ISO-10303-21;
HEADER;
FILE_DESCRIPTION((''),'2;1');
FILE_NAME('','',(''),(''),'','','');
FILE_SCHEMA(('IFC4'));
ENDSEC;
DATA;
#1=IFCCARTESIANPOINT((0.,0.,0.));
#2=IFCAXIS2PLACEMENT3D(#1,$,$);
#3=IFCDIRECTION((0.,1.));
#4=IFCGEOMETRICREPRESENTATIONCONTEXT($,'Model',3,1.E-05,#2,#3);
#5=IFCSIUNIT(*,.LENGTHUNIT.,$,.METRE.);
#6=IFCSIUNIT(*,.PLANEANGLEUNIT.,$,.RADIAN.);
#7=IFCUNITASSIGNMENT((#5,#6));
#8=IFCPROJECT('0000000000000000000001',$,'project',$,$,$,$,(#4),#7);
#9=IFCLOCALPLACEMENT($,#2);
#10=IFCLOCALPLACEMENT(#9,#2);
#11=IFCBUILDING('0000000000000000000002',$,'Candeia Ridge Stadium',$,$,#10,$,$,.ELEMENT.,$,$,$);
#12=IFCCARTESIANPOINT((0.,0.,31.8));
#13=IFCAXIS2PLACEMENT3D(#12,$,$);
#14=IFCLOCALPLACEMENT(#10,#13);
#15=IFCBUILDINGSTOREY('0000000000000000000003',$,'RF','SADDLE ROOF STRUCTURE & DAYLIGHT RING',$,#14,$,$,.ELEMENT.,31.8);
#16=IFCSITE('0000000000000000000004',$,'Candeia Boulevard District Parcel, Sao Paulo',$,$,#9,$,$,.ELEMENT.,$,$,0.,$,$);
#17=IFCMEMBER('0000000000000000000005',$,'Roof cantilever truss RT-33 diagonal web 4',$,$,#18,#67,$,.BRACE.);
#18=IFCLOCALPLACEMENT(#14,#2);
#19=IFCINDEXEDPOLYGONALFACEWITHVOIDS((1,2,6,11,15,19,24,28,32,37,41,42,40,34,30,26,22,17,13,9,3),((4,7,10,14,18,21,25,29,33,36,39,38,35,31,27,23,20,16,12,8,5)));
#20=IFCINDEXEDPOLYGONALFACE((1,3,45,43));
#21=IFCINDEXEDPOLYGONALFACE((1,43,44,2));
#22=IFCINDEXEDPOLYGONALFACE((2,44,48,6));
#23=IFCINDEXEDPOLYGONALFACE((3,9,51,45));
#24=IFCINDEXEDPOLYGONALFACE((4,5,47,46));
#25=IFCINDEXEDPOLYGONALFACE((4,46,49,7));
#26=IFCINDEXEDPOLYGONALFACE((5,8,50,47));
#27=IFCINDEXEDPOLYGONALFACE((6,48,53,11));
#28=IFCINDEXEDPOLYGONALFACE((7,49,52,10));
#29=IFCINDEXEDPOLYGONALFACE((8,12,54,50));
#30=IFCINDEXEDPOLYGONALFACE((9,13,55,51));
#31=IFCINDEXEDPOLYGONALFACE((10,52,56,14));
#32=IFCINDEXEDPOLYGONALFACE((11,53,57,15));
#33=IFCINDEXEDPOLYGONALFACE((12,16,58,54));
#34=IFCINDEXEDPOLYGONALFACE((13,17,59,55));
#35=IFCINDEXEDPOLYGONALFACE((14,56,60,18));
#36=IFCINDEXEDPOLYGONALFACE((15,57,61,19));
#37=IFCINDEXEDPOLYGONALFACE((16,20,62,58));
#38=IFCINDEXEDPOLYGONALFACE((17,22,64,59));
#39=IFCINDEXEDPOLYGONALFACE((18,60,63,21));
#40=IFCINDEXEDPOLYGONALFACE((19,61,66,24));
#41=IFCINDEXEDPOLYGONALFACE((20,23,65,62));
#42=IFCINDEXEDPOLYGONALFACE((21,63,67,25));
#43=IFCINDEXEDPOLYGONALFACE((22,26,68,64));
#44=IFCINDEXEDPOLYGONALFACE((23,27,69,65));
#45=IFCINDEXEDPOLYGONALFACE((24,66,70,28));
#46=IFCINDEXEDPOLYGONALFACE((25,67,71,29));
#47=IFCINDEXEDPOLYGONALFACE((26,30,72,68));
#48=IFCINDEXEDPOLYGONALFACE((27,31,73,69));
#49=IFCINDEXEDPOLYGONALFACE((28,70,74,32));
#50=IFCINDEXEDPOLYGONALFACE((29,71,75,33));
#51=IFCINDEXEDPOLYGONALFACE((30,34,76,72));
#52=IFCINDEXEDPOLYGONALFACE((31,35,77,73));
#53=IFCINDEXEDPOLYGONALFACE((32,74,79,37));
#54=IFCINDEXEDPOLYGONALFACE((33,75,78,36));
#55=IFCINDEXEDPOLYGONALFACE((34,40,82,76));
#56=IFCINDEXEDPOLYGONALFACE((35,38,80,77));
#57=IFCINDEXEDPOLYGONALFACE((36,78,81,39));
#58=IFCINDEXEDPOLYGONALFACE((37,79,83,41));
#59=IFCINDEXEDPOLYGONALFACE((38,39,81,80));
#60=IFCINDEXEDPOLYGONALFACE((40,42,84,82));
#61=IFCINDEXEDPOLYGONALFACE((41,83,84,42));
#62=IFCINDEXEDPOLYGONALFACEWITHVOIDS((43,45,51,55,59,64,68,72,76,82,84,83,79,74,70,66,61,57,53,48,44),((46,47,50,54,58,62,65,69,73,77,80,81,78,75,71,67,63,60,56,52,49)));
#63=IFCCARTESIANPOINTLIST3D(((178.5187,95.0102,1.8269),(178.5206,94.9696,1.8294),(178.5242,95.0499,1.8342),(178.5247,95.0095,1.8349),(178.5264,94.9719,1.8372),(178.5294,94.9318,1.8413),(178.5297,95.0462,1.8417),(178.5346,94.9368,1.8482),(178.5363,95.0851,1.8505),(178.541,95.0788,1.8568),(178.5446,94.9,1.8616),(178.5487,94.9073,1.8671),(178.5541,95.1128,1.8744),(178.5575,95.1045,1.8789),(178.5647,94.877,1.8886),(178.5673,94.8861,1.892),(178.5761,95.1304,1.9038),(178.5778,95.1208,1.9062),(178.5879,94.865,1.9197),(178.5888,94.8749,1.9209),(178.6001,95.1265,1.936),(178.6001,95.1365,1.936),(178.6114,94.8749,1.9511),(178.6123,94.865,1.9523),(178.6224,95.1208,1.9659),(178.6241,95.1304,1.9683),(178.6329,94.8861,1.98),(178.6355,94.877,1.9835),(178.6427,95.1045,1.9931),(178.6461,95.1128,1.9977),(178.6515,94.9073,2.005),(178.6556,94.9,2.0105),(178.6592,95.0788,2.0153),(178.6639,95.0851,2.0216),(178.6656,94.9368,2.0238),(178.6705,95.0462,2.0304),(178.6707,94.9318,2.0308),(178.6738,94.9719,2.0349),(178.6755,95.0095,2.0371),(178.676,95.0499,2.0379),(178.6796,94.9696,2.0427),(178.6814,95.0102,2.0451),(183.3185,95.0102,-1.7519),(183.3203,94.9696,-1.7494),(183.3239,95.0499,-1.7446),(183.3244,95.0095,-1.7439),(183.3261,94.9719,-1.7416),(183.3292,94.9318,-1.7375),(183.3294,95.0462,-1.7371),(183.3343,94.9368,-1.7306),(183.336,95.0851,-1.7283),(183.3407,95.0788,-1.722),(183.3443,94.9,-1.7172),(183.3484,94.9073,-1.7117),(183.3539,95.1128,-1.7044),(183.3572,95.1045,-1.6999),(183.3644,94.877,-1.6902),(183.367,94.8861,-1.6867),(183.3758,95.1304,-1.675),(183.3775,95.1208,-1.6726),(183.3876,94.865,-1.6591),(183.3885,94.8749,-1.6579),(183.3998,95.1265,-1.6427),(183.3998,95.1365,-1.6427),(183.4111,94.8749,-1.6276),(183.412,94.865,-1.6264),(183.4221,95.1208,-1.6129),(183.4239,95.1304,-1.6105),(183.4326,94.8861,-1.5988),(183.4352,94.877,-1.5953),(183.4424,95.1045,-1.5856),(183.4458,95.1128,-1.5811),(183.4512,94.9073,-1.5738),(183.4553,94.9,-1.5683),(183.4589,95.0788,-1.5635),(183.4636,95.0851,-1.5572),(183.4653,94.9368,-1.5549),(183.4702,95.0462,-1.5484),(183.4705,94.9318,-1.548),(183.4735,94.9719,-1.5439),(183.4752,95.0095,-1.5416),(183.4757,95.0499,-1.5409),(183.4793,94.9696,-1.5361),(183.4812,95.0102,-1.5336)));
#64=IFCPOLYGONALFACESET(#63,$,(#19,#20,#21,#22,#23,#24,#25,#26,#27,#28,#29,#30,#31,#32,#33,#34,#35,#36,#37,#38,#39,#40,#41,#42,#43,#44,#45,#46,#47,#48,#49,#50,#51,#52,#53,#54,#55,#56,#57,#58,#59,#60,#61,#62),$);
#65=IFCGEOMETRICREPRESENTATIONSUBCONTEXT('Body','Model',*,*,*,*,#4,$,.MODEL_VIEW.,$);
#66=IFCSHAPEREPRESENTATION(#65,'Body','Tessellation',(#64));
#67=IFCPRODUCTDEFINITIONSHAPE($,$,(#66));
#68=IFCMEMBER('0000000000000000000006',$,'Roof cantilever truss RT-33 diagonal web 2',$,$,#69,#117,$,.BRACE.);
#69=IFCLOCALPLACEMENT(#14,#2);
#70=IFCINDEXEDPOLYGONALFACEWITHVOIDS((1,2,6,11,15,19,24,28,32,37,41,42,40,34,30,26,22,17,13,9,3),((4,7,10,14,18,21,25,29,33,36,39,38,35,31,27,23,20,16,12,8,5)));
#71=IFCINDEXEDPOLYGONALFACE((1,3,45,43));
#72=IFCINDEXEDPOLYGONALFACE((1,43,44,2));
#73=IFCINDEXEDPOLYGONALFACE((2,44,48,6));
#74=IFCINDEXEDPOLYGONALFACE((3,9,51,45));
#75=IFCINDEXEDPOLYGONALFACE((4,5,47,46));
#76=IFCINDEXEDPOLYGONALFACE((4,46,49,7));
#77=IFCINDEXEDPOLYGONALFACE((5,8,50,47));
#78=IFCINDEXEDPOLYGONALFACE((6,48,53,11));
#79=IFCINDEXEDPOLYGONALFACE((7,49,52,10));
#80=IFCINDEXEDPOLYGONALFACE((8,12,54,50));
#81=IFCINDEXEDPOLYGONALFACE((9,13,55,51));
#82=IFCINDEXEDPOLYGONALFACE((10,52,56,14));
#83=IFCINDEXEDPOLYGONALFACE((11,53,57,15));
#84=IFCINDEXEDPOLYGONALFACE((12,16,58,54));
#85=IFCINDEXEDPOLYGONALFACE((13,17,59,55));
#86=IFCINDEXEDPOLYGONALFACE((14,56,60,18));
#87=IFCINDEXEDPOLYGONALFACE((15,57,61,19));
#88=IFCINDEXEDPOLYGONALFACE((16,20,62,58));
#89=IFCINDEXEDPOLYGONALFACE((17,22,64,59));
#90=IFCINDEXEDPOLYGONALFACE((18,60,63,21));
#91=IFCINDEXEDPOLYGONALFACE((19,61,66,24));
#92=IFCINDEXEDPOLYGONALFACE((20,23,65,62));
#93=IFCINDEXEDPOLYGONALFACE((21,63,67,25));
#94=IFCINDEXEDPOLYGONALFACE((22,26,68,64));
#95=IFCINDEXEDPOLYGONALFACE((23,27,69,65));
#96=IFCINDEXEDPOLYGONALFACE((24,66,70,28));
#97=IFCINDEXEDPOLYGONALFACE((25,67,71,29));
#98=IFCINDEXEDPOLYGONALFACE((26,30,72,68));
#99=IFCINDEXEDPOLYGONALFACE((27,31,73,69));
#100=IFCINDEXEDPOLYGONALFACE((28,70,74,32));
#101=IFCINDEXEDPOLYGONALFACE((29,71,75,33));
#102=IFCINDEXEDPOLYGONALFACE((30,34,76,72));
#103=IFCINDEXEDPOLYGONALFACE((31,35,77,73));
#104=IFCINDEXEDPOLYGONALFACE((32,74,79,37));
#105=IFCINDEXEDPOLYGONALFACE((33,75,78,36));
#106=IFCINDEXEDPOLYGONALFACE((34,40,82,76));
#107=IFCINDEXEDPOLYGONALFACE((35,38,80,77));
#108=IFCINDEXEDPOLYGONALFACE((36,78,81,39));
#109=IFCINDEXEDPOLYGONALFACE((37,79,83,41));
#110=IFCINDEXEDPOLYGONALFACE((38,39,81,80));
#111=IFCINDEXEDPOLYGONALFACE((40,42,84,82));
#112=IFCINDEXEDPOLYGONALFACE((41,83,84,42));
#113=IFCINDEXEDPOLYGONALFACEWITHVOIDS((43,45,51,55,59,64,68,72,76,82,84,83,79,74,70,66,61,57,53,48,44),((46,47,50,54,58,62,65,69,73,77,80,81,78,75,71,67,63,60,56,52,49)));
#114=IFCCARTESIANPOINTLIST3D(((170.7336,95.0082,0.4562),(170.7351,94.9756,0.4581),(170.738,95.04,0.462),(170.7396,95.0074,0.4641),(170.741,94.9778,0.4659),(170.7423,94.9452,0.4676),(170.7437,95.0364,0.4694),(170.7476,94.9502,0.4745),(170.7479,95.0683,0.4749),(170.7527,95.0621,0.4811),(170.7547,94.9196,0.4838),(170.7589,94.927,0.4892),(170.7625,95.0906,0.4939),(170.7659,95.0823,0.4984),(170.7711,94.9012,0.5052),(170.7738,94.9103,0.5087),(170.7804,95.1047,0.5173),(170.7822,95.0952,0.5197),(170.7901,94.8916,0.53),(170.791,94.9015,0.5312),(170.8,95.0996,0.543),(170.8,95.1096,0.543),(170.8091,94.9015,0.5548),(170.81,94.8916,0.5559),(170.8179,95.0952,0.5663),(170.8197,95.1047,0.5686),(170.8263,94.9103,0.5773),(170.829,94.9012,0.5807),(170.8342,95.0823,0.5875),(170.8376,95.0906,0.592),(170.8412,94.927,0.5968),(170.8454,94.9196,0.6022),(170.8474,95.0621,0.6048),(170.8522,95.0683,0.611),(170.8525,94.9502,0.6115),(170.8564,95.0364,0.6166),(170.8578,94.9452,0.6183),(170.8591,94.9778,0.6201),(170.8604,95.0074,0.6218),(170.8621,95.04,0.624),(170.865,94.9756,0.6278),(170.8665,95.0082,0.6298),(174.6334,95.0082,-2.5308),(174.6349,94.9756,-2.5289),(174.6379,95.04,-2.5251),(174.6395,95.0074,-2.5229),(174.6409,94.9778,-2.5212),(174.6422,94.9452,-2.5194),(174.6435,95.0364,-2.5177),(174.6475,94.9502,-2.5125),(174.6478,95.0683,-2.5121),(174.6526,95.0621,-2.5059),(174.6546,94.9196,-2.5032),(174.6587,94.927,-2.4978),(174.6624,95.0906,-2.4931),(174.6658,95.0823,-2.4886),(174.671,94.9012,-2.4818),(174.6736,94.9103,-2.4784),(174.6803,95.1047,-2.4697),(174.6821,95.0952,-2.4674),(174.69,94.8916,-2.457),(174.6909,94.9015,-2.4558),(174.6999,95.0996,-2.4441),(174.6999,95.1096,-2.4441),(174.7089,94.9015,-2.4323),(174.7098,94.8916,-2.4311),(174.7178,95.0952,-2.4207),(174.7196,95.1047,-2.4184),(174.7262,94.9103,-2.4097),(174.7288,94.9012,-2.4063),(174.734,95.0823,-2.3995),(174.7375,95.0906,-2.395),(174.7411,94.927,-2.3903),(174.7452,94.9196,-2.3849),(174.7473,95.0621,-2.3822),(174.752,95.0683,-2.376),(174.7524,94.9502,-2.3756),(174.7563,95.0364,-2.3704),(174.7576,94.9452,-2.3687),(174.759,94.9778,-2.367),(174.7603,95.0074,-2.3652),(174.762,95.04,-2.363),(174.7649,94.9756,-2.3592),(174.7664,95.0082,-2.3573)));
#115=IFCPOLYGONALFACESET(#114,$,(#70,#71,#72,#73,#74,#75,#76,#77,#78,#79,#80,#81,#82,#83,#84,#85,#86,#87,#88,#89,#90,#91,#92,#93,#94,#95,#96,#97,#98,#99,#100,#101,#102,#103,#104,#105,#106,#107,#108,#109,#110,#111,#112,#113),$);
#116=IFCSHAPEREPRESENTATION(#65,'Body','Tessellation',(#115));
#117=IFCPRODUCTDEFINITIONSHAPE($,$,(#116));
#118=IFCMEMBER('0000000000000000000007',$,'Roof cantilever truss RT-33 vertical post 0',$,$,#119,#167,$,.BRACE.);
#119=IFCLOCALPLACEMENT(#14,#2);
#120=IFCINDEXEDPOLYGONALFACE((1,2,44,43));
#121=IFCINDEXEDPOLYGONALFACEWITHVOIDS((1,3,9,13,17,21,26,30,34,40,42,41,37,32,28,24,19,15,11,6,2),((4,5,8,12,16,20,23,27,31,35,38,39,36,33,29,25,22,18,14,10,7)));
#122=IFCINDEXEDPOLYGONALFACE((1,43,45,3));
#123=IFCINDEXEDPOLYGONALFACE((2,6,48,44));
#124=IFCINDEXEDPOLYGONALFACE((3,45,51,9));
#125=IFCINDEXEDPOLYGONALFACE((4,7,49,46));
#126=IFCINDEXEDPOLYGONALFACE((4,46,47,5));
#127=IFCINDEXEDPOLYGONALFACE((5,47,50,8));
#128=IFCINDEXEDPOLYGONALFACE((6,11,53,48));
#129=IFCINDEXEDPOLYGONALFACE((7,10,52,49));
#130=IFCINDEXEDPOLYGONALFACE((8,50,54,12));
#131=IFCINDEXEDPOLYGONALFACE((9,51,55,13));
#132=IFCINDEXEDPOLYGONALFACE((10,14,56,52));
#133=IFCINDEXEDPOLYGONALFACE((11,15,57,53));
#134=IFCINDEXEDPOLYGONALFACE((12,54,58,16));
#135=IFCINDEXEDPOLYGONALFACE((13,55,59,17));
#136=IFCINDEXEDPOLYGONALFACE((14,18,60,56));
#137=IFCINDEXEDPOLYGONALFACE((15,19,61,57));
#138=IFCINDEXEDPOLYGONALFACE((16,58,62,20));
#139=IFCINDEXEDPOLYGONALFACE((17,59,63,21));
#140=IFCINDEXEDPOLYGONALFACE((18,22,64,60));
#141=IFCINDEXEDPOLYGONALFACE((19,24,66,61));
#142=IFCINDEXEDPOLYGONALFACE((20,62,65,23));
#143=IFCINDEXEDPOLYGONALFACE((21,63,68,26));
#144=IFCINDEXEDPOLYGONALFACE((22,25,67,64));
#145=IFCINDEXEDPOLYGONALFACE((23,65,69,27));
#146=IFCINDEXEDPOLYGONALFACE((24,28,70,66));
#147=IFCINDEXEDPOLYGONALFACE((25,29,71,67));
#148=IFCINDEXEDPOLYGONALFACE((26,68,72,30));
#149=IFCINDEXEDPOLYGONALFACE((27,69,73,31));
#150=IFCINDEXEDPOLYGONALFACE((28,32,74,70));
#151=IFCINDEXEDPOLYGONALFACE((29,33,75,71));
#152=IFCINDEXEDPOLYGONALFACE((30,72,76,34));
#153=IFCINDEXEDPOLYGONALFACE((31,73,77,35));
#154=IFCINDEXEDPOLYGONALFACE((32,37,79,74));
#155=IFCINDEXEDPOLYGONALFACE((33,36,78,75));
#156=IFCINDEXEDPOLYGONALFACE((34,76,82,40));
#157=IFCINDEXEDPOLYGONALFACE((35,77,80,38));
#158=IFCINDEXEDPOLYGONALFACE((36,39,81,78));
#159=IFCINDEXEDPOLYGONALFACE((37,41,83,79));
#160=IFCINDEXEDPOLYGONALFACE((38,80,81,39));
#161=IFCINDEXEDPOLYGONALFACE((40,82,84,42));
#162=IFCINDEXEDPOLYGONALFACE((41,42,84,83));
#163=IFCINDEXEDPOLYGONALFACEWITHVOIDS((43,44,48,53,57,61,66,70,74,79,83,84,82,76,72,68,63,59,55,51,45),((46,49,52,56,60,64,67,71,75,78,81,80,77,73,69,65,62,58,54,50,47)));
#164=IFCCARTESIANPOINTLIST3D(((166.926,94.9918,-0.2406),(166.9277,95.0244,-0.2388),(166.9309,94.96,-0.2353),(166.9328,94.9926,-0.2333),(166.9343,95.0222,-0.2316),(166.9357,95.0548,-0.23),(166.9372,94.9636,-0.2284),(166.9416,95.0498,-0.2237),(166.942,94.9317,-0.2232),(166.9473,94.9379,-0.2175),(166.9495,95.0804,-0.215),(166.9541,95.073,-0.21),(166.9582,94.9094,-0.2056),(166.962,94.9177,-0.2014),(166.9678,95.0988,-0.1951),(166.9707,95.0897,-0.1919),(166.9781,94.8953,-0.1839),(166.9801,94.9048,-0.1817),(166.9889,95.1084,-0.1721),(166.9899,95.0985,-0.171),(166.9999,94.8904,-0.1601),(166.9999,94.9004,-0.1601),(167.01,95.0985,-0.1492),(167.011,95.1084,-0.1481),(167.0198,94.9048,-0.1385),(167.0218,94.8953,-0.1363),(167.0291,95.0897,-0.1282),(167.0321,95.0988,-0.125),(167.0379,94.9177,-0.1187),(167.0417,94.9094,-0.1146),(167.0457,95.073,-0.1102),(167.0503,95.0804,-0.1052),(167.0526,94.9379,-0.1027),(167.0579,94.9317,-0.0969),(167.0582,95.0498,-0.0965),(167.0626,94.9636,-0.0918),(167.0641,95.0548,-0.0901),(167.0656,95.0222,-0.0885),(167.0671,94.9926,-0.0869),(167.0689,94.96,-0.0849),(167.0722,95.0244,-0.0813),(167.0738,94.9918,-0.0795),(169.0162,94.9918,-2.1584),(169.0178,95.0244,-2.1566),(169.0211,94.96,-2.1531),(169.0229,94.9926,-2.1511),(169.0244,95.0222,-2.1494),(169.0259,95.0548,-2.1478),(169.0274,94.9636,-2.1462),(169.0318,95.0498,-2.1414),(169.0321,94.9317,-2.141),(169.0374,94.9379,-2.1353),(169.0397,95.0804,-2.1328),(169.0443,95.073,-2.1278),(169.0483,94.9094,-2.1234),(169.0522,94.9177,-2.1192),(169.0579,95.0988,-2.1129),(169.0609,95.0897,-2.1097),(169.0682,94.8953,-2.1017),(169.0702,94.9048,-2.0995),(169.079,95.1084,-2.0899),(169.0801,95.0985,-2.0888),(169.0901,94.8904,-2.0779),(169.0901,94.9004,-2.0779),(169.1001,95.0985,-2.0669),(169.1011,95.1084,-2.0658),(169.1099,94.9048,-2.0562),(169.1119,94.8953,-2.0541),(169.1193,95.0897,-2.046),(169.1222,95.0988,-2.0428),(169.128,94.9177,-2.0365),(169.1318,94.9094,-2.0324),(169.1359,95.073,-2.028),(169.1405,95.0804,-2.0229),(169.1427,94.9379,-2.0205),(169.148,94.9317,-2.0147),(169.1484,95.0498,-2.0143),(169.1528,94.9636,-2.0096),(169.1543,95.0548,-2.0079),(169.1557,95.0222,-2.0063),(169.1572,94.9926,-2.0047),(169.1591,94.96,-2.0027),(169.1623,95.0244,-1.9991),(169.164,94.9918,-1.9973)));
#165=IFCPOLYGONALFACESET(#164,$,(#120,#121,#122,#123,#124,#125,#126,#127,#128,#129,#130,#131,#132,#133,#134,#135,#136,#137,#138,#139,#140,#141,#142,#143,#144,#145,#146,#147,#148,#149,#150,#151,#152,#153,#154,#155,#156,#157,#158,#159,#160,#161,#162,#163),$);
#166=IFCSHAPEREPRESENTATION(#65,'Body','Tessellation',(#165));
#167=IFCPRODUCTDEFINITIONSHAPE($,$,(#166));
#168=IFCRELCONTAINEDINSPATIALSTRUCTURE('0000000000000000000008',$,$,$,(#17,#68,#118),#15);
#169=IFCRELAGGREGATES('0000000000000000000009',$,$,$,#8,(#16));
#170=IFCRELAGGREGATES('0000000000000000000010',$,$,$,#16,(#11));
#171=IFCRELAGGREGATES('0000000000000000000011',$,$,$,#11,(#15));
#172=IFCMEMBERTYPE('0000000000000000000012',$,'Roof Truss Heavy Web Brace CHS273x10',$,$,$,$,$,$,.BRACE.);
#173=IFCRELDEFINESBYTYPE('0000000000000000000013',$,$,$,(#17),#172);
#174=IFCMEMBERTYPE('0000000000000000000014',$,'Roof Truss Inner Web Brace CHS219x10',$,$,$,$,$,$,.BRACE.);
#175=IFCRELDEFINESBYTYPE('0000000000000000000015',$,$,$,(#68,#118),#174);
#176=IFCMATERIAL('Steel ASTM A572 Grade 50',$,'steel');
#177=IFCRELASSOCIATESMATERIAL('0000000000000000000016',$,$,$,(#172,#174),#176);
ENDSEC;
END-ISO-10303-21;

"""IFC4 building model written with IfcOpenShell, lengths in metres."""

from ifc_helpers import new_model, si_unit, direction, frame, origin, origin_2d, place, context, subcontext, project, spatial, hollow_circle, extrude, material, material_profile, profile_set, type_object, element, save


model = new_model("IFC4")

# Units and contexts
model_context = context("Model", 3, precision=1e-05, world=origin(), true_north=direction((0.0, 1.0)))
body_context = subcontext(model_context, "Body", "Model", "MODEL_VIEW")
ifc_project = project(units=[si_unit("LENGTHUNIT", "METRE"), si_unit("PLANEANGLEUNIT", "RADIAN")], contexts=[model_context])

# Site, building, storey
site_placement = place(None, origin())
site = spatial("IfcSite", under=ifc_project, at=site_placement, Name="Candeia Boulevard District Parcel, Sao Paulo", CompositionType="ELEMENT", RefElevation=0.0)
building_placement = place(site_placement, origin())
building = spatial("IfcBuilding", under=site, at=building_placement, Name="Candeia Ridge Stadium", CompositionType="ELEMENT")
storey_placement = place(building_placement, frame((0.0, 0.0, 31.8)))
storey = spatial("IfcBuildingStorey", under=building, at=storey_placement, Name="RF", Description="SADDLE ROOF STRUCTURE & DAYLIGHT RING", CompositionType="ELEMENT", Elevation=31.8)

# Shared definitions
ifc_material_1 = material(Name="Steel ASTM A572 Grade 50", Category="steel")

# Members
ifc_material_profile_1 = material_profile(ifc_material_1, hollow_circle(Radius=0.1365, WallThickness=0.01, at=origin_2d()), Name="CHS273x10", Category="steel")
ifc_profile_set_1 = profile_set([ifc_material_profile_1], Name="Steel ASTM A572 Grade 50")
member_type_1 = type_object("IfcMemberType", Name="Roof Truss Heavy Web Brace CHS273x10", PredefinedType="BRACE", material=ifc_profile_set_1)
member_1_placement = place(storey_placement, frame((178.6001, 95.0, 1.936), z_axis=(0.80168, 0.0, -0.597753), x_axis=(0.0, 1.0, 0.0)))
element("IfcMember", 1, at=member_1_placement, inside=storey, type_object=member_type_1, Name="Roof cantilever truss RT-33 diagonal web 4", PredefinedType="BRACE", context=body_context, shape_type="SweptSolid", body=[
    extrude(hollow_circle(Radius=0.1365, WallThickness=0.01, at=origin_2d()), origin(), (0.0, 0.0, 1.0), 5.9871),
])
ifc_material_profile_2 = material_profile(ifc_material_1, hollow_circle(Radius=0.1096, WallThickness=0.01, at=origin_2d()), Name="CHS219x10", Category="steel")
ifc_profile_set_2 = profile_set([ifc_material_profile_2], Name="Steel ASTM A572 Grade 50")
member_type_2 = type_object("IfcMemberType", Name="Roof Truss Inner Web Brace CHS219x10", PredefinedType="BRACE", material=ifc_profile_set_2)
member_2_placement = place(storey_placement, frame((170.8, 95.0, 0.543), z_axis=(0.793888, 0.0, -0.608064), x_axis=(0.0, 1.0, 0.0)))
element("IfcMember", 2, at=member_2_placement, inside=storey, type_object=member_type_2, Name="Roof cantilever truss RT-33 diagonal web 2", PredefinedType="BRACE", context=body_context, shape_type="SweptSolid", body=[
    extrude(hollow_circle(Radius=0.1096, WallThickness=0.01, at=origin_2d()), origin(), (0.0, 0.0, 1.0), 4.9124),
])
member_3_placement = place(storey_placement, frame((169.0901, 95.0, -2.0779), z_axis=(-0.736836, 0.0, 0.676071), x_axis=(0.0, -1.0, 0.0)))
element("IfcMember", 3, at=member_3_placement, inside=storey, type_object=member_type_2, Name="Roof cantilever truss RT-33 vertical post 0", PredefinedType="BRACE", context=body_context, shape_type="SweptSolid", body=[
    extrude(hollow_circle(Radius=0.1096, WallThickness=0.01, at=origin_2d()), origin(), (0.0, 0.0, 1.0), 2.8367),
])

save(model, "model.ifc")
